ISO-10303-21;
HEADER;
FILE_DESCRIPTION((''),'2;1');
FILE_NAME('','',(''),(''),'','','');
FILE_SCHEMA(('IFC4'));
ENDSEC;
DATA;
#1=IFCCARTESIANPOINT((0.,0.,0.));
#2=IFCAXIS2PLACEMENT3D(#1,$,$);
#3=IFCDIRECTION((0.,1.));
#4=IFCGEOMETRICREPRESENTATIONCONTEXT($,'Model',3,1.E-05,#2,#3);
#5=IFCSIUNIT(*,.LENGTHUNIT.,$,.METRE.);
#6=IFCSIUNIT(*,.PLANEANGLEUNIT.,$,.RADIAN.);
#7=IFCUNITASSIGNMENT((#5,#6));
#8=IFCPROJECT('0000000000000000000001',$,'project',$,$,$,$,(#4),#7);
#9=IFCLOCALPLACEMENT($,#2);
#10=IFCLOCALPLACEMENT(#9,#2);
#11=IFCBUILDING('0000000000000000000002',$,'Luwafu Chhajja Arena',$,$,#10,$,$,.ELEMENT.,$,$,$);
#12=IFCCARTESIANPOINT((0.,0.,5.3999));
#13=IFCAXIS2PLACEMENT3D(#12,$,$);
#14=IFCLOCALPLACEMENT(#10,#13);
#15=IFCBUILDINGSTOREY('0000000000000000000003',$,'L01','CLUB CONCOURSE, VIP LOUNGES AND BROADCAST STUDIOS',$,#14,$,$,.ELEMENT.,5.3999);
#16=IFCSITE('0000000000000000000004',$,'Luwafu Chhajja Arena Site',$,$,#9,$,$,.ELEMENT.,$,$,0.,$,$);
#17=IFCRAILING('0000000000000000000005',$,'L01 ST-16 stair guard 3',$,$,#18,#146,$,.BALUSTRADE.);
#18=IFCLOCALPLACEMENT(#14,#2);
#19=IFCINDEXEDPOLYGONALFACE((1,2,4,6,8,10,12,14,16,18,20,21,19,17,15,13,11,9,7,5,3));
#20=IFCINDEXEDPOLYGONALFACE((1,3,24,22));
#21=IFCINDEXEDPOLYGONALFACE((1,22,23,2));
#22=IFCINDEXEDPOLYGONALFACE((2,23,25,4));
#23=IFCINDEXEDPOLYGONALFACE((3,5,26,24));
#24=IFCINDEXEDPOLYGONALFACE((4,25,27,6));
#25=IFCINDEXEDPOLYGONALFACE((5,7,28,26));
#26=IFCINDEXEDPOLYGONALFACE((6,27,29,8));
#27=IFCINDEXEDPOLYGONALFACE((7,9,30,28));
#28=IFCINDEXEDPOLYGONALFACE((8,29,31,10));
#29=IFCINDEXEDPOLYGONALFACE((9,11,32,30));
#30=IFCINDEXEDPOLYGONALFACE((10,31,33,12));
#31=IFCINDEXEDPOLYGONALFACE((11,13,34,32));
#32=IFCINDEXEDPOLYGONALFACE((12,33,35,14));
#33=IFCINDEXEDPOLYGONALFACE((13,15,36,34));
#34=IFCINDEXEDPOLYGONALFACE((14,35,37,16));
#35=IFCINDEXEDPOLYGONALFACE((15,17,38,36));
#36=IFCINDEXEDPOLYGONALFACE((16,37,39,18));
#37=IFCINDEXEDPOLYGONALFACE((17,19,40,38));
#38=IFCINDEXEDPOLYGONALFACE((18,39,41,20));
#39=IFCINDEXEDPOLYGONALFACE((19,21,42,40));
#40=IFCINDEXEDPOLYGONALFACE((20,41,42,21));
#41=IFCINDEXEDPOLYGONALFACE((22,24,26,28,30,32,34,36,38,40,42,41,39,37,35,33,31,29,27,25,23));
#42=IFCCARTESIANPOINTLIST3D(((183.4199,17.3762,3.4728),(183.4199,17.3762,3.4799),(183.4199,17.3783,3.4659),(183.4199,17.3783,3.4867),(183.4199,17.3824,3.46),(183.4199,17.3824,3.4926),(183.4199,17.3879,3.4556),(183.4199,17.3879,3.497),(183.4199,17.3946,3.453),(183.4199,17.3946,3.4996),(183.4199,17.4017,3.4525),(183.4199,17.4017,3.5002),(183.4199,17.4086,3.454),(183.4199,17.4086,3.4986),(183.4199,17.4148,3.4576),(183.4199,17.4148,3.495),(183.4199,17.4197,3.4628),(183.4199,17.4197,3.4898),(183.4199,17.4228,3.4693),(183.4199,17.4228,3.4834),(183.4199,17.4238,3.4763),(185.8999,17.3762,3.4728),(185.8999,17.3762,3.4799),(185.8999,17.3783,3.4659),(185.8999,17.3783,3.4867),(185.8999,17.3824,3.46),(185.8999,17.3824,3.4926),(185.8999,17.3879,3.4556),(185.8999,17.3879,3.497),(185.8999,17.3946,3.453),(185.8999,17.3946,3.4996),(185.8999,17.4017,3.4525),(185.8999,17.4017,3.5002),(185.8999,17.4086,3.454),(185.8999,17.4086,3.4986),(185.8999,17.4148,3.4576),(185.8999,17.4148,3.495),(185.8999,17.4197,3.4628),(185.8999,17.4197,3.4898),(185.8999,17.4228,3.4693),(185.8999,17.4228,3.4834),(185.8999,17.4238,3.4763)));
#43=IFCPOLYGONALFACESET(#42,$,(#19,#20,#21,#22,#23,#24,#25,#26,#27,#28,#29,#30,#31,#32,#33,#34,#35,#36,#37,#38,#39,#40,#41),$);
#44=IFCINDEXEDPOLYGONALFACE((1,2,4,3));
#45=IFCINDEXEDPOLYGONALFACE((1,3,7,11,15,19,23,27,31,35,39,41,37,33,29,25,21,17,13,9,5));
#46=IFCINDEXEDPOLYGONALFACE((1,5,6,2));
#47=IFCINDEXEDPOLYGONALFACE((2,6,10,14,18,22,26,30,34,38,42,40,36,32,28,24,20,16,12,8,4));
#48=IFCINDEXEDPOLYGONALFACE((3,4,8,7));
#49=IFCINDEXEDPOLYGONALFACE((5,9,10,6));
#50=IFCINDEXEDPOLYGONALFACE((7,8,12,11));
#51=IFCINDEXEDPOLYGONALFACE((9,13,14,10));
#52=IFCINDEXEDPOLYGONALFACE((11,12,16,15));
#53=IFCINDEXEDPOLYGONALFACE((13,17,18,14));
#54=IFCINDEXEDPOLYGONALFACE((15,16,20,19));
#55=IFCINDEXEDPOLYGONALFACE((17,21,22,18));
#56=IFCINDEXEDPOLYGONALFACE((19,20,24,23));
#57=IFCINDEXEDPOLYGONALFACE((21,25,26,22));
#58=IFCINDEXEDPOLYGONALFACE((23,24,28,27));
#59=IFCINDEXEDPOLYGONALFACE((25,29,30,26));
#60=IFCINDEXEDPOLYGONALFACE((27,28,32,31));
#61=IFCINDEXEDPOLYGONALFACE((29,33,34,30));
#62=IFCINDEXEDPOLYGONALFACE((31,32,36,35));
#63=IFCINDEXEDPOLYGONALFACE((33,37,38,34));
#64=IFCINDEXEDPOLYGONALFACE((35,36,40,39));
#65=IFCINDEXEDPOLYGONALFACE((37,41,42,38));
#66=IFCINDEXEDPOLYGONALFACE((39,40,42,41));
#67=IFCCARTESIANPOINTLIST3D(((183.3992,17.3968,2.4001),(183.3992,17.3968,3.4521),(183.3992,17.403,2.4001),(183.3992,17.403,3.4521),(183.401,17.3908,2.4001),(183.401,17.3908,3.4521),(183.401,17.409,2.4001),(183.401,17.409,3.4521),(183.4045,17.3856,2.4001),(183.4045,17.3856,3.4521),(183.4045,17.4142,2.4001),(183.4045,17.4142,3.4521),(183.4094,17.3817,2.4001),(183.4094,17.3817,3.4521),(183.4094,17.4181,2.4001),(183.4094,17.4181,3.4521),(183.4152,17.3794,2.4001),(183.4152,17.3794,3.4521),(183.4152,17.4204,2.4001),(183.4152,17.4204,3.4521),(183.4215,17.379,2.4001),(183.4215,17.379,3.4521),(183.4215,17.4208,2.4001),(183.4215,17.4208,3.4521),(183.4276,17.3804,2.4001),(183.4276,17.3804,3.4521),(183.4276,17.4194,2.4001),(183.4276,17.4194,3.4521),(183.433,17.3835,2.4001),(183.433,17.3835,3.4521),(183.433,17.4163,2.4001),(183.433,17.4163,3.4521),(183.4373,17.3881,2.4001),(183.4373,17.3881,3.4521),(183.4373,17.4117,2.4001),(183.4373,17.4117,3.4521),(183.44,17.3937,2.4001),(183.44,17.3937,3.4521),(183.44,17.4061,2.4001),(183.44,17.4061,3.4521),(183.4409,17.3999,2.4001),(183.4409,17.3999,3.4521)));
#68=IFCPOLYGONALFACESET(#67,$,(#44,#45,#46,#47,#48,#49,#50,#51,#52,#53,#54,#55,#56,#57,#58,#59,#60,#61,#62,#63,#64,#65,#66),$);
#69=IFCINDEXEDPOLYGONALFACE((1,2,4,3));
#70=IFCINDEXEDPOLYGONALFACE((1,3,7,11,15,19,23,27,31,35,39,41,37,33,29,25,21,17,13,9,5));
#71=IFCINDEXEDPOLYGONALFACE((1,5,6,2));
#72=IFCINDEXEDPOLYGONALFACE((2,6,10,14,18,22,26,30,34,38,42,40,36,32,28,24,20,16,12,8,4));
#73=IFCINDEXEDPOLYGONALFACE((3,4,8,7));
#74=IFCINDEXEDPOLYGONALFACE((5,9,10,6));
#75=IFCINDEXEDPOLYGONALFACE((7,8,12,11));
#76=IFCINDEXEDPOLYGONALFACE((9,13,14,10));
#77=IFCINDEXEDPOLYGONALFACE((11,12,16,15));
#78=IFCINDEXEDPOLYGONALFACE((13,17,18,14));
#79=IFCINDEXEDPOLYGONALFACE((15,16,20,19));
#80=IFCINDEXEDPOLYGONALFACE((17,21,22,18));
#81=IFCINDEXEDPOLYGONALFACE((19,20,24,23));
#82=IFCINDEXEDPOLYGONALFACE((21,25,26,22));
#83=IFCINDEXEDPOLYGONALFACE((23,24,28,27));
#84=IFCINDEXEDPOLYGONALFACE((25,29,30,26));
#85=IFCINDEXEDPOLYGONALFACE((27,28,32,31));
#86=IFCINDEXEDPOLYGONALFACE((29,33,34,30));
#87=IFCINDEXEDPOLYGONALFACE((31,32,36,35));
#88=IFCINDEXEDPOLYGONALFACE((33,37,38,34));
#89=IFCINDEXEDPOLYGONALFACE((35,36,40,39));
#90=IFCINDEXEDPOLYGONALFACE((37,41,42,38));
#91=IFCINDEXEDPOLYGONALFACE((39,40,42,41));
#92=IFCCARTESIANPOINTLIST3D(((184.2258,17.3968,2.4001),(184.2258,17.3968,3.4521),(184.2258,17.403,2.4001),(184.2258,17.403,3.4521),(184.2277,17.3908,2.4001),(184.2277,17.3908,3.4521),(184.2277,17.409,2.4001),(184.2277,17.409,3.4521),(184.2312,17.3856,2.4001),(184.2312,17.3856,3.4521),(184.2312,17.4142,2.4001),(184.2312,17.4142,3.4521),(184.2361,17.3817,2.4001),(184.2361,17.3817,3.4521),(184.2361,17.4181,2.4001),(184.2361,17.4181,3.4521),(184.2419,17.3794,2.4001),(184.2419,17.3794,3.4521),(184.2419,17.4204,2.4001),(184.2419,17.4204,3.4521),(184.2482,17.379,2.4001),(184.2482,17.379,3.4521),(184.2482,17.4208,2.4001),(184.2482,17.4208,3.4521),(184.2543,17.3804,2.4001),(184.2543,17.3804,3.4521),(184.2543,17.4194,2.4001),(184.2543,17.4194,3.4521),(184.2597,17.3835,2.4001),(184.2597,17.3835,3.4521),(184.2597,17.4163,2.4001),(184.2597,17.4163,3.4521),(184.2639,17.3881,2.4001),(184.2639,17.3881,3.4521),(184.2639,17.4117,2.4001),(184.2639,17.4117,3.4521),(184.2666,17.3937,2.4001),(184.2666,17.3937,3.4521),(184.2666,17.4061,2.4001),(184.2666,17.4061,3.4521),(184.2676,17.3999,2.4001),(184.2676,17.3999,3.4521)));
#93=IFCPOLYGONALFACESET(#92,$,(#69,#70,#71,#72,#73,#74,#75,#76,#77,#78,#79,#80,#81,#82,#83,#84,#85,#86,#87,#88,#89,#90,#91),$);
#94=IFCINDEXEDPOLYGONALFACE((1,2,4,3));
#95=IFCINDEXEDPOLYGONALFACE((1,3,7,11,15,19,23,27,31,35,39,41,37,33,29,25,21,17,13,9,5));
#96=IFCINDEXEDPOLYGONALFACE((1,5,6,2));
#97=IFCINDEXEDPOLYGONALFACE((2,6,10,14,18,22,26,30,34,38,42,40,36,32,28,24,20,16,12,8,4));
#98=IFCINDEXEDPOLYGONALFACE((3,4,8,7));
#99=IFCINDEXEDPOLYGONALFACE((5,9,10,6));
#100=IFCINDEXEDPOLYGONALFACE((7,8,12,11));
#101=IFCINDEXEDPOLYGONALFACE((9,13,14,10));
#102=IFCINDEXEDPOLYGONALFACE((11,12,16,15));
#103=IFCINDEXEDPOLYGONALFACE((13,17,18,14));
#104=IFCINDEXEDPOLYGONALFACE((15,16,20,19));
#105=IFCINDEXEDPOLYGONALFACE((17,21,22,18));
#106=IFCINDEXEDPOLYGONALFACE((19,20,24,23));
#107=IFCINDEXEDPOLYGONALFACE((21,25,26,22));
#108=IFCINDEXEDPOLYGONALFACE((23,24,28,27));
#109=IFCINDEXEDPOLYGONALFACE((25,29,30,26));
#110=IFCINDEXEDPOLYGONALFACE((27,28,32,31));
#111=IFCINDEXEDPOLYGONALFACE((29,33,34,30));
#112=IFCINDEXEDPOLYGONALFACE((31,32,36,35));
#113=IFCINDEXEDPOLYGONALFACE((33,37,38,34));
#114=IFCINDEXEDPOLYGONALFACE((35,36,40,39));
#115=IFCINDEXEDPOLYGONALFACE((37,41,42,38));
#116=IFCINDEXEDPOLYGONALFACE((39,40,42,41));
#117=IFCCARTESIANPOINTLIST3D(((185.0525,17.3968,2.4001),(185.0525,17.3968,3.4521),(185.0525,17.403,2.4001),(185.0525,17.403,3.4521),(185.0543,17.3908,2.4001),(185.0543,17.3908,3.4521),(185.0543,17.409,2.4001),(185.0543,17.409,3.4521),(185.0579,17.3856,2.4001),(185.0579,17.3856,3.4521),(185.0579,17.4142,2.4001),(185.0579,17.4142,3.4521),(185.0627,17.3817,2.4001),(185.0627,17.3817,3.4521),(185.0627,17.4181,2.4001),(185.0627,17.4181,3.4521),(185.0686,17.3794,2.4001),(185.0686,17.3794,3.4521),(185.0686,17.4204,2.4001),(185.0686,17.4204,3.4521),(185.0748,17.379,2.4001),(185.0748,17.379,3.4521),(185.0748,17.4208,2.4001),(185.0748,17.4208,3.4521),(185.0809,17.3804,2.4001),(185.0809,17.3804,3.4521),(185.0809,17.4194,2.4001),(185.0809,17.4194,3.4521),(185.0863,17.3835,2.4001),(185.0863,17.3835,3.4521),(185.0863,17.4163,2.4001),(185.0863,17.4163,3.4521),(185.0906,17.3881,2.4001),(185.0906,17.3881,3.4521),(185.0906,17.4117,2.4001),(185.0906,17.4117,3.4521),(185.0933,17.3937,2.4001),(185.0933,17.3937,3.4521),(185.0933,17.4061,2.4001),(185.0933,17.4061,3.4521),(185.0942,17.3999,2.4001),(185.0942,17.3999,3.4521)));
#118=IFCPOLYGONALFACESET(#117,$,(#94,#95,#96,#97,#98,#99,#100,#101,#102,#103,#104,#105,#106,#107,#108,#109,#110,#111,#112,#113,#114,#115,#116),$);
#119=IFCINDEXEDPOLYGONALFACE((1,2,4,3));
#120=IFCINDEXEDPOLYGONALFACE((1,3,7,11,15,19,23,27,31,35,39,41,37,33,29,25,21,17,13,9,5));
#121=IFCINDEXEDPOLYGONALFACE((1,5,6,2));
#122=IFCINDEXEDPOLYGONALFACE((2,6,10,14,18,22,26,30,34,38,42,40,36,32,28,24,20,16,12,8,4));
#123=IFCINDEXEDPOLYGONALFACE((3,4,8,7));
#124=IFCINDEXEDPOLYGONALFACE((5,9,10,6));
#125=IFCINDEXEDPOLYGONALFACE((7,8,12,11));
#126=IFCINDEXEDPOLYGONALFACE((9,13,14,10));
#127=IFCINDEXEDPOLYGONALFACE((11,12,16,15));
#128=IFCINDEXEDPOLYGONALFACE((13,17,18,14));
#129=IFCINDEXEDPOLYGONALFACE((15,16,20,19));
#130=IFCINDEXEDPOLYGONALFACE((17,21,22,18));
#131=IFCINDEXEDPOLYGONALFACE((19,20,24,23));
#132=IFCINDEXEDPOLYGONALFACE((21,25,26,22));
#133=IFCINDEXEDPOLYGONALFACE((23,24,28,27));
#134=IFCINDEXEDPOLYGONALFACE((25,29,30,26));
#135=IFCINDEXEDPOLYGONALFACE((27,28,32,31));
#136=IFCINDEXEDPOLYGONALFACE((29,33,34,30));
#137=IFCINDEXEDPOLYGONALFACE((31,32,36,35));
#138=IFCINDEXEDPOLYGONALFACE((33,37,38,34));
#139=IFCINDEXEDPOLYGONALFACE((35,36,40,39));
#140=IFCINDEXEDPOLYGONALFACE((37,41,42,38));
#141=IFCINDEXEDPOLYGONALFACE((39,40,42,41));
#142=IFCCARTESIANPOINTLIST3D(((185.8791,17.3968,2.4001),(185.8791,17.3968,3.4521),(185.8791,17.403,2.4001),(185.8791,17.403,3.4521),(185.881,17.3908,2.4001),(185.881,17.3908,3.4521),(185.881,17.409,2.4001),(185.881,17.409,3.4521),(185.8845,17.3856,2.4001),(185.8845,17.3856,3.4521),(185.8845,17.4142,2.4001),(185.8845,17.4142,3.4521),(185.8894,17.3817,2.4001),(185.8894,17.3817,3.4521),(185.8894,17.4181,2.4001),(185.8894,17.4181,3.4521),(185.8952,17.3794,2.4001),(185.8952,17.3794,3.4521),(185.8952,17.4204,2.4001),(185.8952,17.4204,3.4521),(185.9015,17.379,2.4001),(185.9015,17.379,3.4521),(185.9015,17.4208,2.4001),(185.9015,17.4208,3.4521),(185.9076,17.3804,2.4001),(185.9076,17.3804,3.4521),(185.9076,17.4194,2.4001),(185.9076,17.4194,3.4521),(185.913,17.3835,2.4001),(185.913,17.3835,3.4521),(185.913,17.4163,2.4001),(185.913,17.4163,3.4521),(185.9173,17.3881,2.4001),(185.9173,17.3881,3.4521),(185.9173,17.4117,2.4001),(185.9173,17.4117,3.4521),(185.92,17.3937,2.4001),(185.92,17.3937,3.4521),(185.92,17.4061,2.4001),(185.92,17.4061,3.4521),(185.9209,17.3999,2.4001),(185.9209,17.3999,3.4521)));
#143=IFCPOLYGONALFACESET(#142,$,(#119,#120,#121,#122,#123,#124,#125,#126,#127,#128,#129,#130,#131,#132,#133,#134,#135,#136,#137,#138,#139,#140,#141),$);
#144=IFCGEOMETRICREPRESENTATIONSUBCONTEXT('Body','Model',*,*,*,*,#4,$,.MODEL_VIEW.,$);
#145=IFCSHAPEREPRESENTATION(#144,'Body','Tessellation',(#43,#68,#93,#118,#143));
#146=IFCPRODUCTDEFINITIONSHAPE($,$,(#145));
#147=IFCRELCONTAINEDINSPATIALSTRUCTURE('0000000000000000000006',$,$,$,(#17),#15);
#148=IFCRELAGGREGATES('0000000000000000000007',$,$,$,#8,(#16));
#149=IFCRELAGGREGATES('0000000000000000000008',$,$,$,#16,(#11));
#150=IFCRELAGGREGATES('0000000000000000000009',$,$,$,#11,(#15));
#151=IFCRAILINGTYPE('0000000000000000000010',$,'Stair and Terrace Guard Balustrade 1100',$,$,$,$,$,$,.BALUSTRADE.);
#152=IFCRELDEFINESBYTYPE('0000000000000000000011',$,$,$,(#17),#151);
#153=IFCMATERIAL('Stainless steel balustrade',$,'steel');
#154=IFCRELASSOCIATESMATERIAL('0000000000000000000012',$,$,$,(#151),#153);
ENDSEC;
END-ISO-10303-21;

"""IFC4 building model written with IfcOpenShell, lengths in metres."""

from ifc_helpers import new_model, si_unit, direction, frame, origin, origin_2d, place, context, subcontext, project, spatial, circle, extrude, material, type_object, element, save


model = new_model("IFC4")

# Units and contexts
model_context = context("Model", 3, precision=1e-05, world=origin(), true_north=direction((0.0, 1.0)))
body_context = subcontext(model_context, "Body", "Model", "MODEL_VIEW")
ifc_project = project(units=[si_unit("LENGTHUNIT", "METRE"), si_unit("PLANEANGLEUNIT", "RADIAN")], contexts=[model_context])

# Site, building, storey
site_placement = place(None, origin())
site = spatial("IfcSite", under=ifc_project, at=site_placement, Name="Luwafu Chhajja Arena Site", CompositionType="ELEMENT", RefElevation=0.0)
building_placement = place(site_placement, origin())
building = spatial("IfcBuilding", under=site, at=building_placement, Name="Luwafu Chhajja Arena", CompositionType="ELEMENT")
storey_placement = place(building_placement, frame((0.0, 0.0, 5.3999)))
storey = spatial("IfcBuildingStorey", under=building, at=storey_placement, Name="L01", Description="CLUB CONCOURSE, VIP LOUNGES AND BROADCAST STUDIOS", CompositionType="ELEMENT", Elevation=5.3999)

# Railing
ifc_material_1 = material(Name="Stainless steel balustrade", Category="steel")
railing_type = type_object("IfcRailingType", Name="Stair and Terrace Guard Balustrade 1100", PredefinedType="BALUSTRADE", material=ifc_material_1)
railing_1_placement = place(storey_placement, frame((183.4199, 17.3999, 2.4001)))
element("IfcRailing", 1, at=railing_1_placement, inside=storey, type_object=railing_type, Name="L01 ST-16 stair guard 3", PredefinedType="BALUSTRADE", context=body_context, shape_type="SweptSolid", body=[
    extrude(circle(Radius=0.0239, at=origin_2d()), frame((0.0, 0.0, 1.0762), z_axis=(1.0, 0.0, 0.0), x_axis=(0.0, 1.0, 0.0)), (0.0, 0.0, 1.0), 2.48),
    extrude(circle(Radius=0.021, at=origin_2d()), origin(), (0.0, 0.0, 1.0), 1.052),
    extrude(circle(Radius=0.021, at=origin_2d()), frame((0.8267, 0.0, 0.0)), (0.0, 0.0, 1.0), 1.052),
    extrude(circle(Radius=0.021, at=origin_2d()), frame((1.6533, 0.0, 0.0)), (0.0, 0.0, 1.0), 1.052),
    extrude(circle(Radius=0.021, at=origin_2d()), frame((2.48, 0.0, 0.0)), (0.0, 0.0, 1.0), 1.052),
])

save(model, "model.ifc")
